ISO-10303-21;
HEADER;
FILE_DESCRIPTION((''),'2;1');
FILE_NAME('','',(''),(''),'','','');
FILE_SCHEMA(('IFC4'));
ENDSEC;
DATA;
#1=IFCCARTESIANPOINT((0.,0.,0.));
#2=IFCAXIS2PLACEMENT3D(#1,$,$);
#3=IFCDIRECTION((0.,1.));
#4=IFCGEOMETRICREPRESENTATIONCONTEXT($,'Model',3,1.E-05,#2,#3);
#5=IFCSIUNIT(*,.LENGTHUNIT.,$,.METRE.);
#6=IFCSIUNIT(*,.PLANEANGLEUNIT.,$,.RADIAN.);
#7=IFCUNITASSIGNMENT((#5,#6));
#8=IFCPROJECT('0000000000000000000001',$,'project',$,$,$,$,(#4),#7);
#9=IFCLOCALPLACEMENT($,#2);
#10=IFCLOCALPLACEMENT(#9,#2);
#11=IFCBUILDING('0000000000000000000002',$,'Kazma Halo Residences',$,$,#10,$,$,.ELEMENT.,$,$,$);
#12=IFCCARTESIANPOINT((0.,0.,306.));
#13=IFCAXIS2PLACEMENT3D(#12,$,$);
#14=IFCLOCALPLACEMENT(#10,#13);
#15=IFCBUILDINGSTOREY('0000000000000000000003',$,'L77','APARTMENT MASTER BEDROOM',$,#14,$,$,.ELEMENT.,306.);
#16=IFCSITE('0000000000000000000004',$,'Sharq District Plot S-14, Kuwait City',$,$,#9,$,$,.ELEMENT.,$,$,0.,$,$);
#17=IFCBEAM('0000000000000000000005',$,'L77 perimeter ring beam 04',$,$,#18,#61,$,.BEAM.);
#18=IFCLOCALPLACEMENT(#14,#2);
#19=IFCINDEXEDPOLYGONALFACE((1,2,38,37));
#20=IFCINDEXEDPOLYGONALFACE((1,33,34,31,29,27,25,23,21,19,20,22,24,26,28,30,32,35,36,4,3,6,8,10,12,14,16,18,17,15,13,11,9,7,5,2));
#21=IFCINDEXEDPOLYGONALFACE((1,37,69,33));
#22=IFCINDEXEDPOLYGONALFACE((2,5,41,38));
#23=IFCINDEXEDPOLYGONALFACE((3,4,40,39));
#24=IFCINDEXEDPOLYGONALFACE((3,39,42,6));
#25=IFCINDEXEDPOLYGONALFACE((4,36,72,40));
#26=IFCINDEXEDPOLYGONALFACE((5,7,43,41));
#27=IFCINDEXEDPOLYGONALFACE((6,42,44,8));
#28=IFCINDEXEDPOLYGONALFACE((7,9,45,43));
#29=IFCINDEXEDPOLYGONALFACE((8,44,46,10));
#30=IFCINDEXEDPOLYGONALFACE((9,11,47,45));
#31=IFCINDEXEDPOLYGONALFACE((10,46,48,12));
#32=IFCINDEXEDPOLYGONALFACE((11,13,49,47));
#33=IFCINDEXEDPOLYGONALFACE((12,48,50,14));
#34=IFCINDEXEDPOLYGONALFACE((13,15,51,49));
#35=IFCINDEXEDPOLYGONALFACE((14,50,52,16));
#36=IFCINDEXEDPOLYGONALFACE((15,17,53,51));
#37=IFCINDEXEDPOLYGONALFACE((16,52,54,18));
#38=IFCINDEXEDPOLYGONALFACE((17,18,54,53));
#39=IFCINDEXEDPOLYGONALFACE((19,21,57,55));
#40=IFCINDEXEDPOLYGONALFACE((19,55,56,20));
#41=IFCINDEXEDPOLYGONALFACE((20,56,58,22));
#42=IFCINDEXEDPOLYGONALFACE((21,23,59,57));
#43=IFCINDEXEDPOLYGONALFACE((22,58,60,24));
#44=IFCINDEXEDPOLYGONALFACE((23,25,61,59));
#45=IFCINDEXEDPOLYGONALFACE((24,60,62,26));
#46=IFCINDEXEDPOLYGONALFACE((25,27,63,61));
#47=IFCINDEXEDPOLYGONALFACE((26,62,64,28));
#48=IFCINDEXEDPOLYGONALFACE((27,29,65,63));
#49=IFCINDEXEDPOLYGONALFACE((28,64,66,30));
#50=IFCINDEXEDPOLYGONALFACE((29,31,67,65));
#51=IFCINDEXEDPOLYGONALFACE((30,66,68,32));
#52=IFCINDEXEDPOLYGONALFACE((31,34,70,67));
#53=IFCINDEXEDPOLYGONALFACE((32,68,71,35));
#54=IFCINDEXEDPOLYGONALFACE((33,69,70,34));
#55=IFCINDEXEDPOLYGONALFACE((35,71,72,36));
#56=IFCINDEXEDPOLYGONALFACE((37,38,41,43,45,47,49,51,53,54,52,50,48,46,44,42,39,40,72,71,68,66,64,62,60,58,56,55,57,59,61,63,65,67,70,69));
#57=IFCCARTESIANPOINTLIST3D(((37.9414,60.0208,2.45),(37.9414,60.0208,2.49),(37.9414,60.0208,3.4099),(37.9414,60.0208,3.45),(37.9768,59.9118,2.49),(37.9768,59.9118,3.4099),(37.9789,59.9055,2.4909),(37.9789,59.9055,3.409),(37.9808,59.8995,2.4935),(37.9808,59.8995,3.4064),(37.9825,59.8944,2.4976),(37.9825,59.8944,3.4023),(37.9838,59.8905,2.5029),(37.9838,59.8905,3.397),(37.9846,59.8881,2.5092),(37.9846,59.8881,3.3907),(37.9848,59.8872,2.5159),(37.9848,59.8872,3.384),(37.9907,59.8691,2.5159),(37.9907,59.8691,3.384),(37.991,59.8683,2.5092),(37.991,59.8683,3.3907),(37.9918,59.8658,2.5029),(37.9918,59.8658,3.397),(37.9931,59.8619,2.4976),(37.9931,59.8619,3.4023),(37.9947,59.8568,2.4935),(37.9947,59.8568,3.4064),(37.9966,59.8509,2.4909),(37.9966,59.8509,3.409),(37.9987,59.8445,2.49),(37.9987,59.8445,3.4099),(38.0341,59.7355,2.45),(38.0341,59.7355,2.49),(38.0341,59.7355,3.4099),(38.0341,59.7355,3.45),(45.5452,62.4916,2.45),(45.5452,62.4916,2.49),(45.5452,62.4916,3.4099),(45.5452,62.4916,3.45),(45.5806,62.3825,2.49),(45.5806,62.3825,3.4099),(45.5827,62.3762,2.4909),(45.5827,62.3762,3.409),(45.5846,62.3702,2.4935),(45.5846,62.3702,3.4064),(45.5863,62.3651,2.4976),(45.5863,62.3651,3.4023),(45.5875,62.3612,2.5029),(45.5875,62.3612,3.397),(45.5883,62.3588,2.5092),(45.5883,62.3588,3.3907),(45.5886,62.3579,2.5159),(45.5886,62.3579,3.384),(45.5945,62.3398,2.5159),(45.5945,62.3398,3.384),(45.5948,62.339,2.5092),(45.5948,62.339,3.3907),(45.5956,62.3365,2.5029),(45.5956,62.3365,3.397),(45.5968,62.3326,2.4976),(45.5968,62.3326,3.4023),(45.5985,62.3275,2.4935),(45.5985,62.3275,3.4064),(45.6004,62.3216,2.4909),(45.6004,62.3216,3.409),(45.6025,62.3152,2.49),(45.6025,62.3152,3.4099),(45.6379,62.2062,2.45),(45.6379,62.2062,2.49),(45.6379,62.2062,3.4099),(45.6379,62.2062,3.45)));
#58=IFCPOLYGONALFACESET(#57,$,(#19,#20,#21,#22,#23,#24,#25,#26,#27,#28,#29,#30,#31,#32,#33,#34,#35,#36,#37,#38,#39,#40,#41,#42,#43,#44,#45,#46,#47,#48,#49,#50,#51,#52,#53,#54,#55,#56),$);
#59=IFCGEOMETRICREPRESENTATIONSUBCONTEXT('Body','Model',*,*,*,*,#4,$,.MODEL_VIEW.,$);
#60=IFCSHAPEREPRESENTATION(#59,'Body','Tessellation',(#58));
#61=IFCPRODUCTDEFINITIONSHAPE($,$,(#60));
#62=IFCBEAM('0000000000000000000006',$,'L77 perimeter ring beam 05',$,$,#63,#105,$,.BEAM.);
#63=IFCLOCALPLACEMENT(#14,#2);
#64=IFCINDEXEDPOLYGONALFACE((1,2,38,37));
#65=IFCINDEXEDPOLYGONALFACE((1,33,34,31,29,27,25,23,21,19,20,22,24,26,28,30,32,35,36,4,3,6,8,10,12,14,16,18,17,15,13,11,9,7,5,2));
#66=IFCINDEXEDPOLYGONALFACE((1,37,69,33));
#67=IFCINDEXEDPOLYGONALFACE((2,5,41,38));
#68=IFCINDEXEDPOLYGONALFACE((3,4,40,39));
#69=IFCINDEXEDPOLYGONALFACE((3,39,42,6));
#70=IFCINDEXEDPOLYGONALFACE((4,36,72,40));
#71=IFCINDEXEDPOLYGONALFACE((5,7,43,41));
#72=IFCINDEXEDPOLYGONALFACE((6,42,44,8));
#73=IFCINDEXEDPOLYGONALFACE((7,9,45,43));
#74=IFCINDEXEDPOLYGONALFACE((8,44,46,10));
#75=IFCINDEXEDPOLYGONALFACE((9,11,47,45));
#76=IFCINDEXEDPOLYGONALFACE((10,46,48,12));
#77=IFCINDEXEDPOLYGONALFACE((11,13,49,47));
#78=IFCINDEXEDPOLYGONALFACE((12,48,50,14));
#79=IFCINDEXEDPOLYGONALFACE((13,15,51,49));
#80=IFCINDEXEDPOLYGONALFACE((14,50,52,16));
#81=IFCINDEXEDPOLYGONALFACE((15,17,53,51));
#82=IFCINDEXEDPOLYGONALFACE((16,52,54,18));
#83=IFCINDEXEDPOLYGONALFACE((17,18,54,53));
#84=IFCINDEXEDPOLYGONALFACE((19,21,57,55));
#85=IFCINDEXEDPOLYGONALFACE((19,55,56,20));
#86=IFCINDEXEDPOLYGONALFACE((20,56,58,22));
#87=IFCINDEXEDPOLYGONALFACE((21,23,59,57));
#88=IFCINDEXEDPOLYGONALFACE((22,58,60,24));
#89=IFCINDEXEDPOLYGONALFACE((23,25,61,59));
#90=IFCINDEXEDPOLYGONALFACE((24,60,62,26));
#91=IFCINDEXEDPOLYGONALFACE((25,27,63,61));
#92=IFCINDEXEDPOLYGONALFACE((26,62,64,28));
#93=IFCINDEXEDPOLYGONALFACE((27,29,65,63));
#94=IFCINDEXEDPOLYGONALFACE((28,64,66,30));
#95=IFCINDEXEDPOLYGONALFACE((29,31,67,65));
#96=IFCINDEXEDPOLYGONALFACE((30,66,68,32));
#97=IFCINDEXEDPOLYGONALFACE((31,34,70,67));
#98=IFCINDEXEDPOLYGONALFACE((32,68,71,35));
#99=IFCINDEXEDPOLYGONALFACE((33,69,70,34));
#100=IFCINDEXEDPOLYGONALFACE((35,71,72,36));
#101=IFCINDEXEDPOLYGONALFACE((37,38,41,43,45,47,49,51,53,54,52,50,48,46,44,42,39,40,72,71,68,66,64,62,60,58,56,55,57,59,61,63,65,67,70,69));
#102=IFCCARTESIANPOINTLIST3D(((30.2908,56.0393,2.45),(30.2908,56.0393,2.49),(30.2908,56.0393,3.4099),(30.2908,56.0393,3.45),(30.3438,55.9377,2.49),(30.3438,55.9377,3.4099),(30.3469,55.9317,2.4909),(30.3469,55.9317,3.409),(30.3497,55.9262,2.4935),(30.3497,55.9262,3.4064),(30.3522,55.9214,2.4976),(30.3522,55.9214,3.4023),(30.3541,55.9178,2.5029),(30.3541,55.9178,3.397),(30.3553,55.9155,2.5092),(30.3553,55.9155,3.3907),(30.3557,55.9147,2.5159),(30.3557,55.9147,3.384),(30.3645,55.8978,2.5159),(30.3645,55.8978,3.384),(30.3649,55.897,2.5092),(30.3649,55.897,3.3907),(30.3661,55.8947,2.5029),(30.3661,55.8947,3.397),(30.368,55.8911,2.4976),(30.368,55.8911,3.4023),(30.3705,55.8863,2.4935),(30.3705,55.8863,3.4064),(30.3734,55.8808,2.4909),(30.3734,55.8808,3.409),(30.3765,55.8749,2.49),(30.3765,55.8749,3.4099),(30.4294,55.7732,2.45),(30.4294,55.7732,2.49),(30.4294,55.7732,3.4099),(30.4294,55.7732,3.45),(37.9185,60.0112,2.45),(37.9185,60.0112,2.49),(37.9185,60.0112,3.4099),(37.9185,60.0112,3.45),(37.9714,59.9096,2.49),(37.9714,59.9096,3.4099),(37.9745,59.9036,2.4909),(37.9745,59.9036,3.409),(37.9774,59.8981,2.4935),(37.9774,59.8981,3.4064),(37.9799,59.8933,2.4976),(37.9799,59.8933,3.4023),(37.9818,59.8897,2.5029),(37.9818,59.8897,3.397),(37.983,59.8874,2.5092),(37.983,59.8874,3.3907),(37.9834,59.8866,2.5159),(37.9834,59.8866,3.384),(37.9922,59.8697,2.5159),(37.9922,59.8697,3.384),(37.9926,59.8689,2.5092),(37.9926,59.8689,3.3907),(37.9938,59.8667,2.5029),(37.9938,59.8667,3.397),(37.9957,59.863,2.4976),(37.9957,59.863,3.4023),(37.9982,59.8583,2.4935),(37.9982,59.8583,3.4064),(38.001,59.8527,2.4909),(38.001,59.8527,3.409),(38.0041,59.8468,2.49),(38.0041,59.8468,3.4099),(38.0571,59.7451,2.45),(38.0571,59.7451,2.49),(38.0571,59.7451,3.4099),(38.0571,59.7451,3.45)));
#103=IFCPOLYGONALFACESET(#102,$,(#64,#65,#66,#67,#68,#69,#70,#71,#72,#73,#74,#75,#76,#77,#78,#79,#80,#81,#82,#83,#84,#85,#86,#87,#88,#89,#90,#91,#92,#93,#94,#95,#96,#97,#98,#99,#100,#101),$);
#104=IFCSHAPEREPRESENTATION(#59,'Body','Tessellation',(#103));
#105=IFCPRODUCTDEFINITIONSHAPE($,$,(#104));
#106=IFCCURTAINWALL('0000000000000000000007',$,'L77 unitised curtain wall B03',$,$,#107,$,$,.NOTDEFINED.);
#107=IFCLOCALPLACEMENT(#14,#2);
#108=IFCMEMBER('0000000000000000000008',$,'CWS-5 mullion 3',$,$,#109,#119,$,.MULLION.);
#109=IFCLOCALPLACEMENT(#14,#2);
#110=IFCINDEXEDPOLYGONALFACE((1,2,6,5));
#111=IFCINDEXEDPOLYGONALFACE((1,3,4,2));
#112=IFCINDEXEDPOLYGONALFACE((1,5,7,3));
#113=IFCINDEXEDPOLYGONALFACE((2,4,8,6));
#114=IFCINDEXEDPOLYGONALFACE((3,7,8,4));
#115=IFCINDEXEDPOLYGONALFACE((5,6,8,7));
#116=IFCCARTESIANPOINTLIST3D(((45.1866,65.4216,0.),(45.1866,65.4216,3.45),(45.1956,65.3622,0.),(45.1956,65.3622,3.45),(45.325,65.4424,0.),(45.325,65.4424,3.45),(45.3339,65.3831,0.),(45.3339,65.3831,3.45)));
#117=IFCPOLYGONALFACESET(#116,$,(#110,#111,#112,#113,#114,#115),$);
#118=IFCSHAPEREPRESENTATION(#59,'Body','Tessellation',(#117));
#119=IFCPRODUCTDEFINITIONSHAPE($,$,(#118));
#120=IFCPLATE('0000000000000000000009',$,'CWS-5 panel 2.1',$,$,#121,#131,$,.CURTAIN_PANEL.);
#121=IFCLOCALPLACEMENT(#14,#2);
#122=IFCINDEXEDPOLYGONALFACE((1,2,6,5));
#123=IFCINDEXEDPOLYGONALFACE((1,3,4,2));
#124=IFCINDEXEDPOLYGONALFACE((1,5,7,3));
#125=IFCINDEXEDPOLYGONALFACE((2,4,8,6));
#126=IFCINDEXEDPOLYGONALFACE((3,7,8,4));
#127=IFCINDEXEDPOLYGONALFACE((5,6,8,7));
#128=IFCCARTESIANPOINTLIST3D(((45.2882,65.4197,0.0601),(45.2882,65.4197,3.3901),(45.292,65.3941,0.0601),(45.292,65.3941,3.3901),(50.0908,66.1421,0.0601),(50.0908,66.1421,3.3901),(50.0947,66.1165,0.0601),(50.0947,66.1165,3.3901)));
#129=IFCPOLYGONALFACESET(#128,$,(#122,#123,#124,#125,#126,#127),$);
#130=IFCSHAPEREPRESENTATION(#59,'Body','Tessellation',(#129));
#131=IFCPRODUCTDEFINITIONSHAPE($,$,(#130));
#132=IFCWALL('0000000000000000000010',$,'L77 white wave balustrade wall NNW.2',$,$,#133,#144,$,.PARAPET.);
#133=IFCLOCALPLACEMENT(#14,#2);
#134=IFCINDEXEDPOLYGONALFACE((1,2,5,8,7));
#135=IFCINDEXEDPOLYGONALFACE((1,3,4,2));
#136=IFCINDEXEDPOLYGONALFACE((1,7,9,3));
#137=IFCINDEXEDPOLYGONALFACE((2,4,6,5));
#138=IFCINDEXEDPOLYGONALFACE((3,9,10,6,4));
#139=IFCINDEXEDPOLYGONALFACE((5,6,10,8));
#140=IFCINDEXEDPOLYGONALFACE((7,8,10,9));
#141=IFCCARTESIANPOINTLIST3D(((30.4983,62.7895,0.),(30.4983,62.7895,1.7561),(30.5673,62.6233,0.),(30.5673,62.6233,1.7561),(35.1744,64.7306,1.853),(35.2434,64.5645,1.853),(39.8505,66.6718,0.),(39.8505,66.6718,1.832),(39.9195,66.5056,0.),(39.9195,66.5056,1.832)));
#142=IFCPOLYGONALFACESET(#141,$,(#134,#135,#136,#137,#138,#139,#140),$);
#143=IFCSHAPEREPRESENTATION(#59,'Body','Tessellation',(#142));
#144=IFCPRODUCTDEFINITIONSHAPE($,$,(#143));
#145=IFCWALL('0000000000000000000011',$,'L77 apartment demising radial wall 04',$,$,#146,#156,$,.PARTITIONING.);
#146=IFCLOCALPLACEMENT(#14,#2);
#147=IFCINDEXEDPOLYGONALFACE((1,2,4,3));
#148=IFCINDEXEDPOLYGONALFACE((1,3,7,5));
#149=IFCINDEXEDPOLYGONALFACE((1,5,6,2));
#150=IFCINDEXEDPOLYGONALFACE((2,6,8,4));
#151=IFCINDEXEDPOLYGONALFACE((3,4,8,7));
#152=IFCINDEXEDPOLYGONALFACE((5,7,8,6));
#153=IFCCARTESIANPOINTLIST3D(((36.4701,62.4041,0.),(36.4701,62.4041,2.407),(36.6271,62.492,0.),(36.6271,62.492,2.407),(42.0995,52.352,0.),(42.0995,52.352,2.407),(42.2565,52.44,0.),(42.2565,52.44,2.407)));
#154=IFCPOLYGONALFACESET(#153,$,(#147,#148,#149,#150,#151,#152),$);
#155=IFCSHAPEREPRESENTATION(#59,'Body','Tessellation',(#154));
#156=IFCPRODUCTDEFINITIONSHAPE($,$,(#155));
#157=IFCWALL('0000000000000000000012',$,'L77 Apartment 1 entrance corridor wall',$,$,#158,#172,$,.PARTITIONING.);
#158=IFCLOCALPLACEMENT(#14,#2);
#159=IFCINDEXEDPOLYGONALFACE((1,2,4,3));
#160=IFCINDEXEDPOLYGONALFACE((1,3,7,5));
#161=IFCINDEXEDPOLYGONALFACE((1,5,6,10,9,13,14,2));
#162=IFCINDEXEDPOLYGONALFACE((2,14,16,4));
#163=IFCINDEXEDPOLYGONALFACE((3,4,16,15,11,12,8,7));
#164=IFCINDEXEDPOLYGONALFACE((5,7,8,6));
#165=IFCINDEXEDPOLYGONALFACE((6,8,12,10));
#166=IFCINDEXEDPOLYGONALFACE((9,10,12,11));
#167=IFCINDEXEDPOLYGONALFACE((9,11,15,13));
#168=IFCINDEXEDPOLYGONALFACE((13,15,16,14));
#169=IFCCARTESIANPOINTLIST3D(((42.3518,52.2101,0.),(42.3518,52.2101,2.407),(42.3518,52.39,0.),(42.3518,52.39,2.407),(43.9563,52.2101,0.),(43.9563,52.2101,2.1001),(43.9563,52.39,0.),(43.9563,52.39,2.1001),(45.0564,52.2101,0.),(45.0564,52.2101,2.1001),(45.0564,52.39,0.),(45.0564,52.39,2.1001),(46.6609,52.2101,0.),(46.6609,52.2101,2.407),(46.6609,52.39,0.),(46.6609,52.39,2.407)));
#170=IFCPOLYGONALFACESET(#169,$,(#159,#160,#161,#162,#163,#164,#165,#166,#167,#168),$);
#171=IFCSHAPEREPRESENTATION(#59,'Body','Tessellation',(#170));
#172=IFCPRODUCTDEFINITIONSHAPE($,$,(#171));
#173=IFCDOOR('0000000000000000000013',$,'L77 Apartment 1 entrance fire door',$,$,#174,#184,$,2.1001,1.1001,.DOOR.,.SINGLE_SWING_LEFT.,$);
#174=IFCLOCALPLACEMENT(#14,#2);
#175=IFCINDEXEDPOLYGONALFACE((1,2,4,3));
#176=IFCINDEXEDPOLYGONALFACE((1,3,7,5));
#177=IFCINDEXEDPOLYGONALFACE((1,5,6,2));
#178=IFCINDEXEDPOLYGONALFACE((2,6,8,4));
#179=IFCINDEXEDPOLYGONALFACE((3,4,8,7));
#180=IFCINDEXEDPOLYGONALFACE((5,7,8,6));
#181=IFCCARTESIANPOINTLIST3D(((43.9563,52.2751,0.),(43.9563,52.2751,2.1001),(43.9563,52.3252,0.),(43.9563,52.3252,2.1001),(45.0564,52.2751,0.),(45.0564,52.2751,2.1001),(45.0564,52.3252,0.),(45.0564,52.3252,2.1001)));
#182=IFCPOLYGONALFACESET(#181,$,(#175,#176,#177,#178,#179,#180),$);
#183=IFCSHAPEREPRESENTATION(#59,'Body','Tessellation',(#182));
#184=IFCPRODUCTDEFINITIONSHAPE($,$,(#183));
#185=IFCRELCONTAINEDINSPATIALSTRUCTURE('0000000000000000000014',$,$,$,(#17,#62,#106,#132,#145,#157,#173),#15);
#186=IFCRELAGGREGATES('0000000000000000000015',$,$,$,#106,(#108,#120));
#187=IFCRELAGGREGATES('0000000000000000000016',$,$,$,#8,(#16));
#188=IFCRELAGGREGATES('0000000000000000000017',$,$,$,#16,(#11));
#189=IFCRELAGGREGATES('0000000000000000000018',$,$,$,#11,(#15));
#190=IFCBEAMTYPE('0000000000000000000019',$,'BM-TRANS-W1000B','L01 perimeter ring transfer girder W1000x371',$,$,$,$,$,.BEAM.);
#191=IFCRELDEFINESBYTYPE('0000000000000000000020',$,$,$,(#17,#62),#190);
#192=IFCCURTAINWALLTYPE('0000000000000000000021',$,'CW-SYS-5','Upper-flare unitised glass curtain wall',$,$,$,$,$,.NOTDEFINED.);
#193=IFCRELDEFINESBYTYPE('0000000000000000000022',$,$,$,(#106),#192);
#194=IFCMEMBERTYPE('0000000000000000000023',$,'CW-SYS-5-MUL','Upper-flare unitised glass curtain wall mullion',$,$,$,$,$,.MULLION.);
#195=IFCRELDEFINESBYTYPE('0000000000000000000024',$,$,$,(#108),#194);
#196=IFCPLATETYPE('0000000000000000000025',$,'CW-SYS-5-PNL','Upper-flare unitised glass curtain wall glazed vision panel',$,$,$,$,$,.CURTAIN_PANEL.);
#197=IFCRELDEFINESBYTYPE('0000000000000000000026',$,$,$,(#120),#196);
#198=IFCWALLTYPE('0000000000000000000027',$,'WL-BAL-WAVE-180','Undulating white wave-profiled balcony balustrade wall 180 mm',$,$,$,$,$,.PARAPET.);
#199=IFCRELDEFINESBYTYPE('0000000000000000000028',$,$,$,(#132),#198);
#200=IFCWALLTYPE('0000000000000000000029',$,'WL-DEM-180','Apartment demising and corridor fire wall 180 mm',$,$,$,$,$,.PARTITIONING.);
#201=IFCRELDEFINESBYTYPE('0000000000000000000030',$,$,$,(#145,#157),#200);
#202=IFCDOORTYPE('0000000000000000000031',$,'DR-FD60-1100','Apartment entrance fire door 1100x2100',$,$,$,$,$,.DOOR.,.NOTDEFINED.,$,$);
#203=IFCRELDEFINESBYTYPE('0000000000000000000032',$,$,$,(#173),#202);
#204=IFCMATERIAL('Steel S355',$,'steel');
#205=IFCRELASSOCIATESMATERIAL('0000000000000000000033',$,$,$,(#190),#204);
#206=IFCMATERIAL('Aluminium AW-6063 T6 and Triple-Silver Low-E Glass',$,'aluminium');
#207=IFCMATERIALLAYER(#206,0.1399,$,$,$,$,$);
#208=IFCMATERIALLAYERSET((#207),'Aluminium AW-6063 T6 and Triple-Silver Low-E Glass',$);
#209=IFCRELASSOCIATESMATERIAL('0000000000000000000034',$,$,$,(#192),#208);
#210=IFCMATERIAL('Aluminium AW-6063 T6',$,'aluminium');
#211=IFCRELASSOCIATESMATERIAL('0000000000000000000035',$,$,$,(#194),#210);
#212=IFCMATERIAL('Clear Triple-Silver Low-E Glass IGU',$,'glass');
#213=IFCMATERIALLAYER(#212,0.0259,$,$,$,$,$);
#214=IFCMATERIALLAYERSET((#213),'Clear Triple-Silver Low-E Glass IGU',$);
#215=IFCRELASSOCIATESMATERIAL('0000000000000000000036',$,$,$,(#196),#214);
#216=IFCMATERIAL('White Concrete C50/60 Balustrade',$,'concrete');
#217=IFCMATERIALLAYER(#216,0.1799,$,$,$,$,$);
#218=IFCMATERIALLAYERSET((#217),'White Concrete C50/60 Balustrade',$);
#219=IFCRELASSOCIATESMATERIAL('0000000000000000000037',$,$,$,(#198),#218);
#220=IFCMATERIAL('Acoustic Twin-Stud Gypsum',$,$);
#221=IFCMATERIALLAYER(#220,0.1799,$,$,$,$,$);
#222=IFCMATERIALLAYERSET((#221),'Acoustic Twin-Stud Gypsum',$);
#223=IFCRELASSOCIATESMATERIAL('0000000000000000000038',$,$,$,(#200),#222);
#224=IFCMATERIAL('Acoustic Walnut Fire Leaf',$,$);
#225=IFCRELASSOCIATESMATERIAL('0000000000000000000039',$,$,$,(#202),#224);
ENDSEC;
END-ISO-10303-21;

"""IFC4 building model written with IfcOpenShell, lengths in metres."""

from ifc_helpers import new_model, si_unit, direction, frame, frame_2d, origin, origin_2d, place, context, subcontext, project, spatial, polyline, rectangle, i_section, outline, extrude, material, layer, layer_set, material_profile, profile_set, type_object, element, fill, aggregate, save


model = new_model("IFC4")

# Units and contexts
model_context = context("Model", 3, precision=1e-05, world=origin(), true_north=direction((0.0, 1.0)))
body_context = subcontext(model_context, "Body", "Model", "MODEL_VIEW")
ifc_project = project(units=[si_unit("LENGTHUNIT", "METRE"), si_unit("PLANEANGLEUNIT", "RADIAN")], contexts=[model_context])

# Site, building, storey
site_placement = place(None, origin())
site = spatial("IfcSite", under=ifc_project, at=site_placement, Name="Sharq District Plot S-14, Kuwait City", CompositionType="ELEMENT", RefElevation=0.0)
building_placement = place(site_placement, origin())
building = spatial("IfcBuilding", under=site, at=building_placement, Name="Kazma Halo Residences", CompositionType="ELEMENT")
storey_placement = place(building_placement, frame((0.0, 0.0, 306.0)))
storey = spatial("IfcBuildingStorey", under=building, at=storey_placement, Name="L77", Description="APARTMENT MASTER BEDROOM", CompositionType="ELEMENT", Elevation=306.0)

# Beams
ifc_material_1 = material(Name="Steel S355", Category="steel")
ifc_material_profile_1 = material_profile(ifc_material_1, i_section(OverallWidth=0.3, OverallDepth=1.0, WebThickness=0.019, FlangeThickness=0.04, FilletRadius=0.0259, at=origin_2d()), Name="W1000x371")
ifc_profile_set_1 = profile_set([ifc_material_profile_1], Name="Steel S355")
beam_type_1 = type_object("IfcBeamType", Name="BM-TRANS-W1000B", Description="L01 perimeter ring transfer girder W1000x371", PredefinedType="BEAM", material=ifc_profile_set_1)
beam_1_placement = place(storey_placement, frame((45.5916, 62.3489, 2.95), z_axis=(-0.951053, -0.309027, 0.0), x_axis=(0.309027, -0.951053, 0.0)))
element("IfcBeam", 1, at=beam_1_placement, inside=storey, type_object=beam_type_1, Name="L77 perimeter ring beam 04", PredefinedType="BEAM", context=body_context, shape_type="SweptSolid", body=[
    extrude(i_section(OverallWidth=0.3, OverallDepth=1.0, WebThickness=0.019, FlangeThickness=0.04, FilletRadius=0.0259, at=origin_2d()), origin(), (0.0, 0.0, 1.0), 7.9951),
])
beam_2_placement = place(storey_placement, frame((37.9878, 59.8782, 2.95), z_axis=(-0.886954, -0.461859, 0.0), x_axis=(0.461859, -0.886954, 0.0)))
element("IfcBeam", 2, at=beam_2_placement, inside=storey, type_object=beam_type_1, Name="L77 perimeter ring beam 05", PredefinedType="BEAM", context=body_context, shape_type="SweptSolid", body=[
    extrude(i_section(OverallWidth=0.3, OverallDepth=1.0, WebThickness=0.019, FlangeThickness=0.04, FilletRadius=0.0259, at=origin_2d()), origin(), (0.0, 0.0, 1.0), 8.5999),
])

# Curtain wall, member, plate
ifc_material_2 = material(Name="Aluminium AW-6063 T6 and Triple-Silver Low-E Glass", Category="aluminium")
ifc_layer_1 = layer(ifc_material_2, 0.1399)
ifc_layer_set_1 = layer_set([ifc_layer_1], Name="Aluminium AW-6063 T6 and Triple-Silver Low-E Glass")
curtain_wall_type = type_object("IfcCurtainWallType", Name="CW-SYS-5", Description="Upper-flare unitised glass curtain wall", PredefinedType="NOTDEFINED", material=ifc_layer_set_1)
curtain_wall_placement = place(storey_placement, origin())
curtain_wall = element("IfcCurtainWall", 3, at=curtain_wall_placement, inside=storey, type_object=curtain_wall_type, Name="L77 unitised curtain wall B03", PredefinedType="NOTDEFINED")
ifc_material_3 = material(Name="Aluminium AW-6063 T6", Category="aluminium")
ifc_material_profile_2 = material_profile(ifc_material_3, rectangle(XDim=0.0601, YDim=0.1399, at=origin_2d()), Name="CWM-60x140")
ifc_profile_set_2 = profile_set([ifc_material_profile_2], Name="Aluminium AW-6063 T6")
member_type = type_object("IfcMemberType", Name="CW-SYS-5-MUL", Description="Upper-flare unitised glass curtain wall mullion", PredefinedType="MULLION", material=ifc_profile_set_2)
member_placement = place(storey_placement, frame((45.2603, 65.4023, 0.0), z_axis=(0.0, 0.0, 1.0), x_axis=(0.148748, -0.988875, 0.0)))
member = element("IfcMember", 4, at=member_placement, type_object=member_type, Name="CWS-5 mullion 3", PredefinedType="MULLION", context=body_context, shape_type="SweptSolid", body=[
    extrude(rectangle(XDim=0.0601, YDim=0.1399, at=origin_2d()), origin(), (0.0, 0.0, 1.0), 3.45),
])
ifc_material_4 = material(Name="Clear Triple-Silver Low-E Glass IGU", Category="glass")
ifc_layer_2 = layer(ifc_material_4, 0.0259)
ifc_layer_set_2 = layer_set([ifc_layer_2], Name="Clear Triple-Silver Low-E Glass IGU")
plate_type = type_object("IfcPlateType", Name="CW-SYS-5-PNL", Description="Upper-flare unitised glass curtain wall glazed vision panel", PredefinedType="CURTAIN_PANEL", material=ifc_layer_set_2)
plate_placement = place(storey_placement, frame((47.6914, 65.7681, 0.0601), z_axis=(0.0, 0.0, 1.0), x_axis=(-0.988875, -0.148748, 0.0)))
plate = element("IfcPlate", 5, at=plate_placement, type_object=plate_type, Name="CWS-5 panel 2.1", PredefinedType="CURTAIN_PANEL", context=body_context, shape_type="SweptSolid", body=[
    extrude(rectangle(XDim=4.8567, YDim=0.0259, at=origin_2d()), origin(), (0.0, 0.0, 1.0), 3.3301),
])
aggregate(curtain_wall, [member, plate])

# Walls
ifc_material_5 = material(Name="White Concrete C50/60 Balustrade", Category="concrete")
ifc_layer_3 = layer(ifc_material_5, 0.1799)
ifc_layer_set_3 = layer_set([ifc_layer_3], Name="White Concrete C50/60 Balustrade")
wall_type_1 = type_object("IfcWallType", Name="WL-BAL-WAVE-180", Description="Undulating white wave-profiled balcony balustrade wall 180 mm", PredefinedType="PARAPET", material=ifc_layer_set_3)
wall_1_placement = place(storey_placement, frame((39.885, 66.5886, 0.0), z_axis=(0.0, 0.0, 1.0), x_axis=(-0.92358, -0.383406, 0.0)))
element("IfcWall", 6, at=wall_1_placement, inside=storey, type_object=wall_type_1, Name="L77 white wave balustrade wall NNW.2", PredefinedType="PARAPET", context=body_context, shape_type="SweptSolid", body=[
    extrude(outline(polyline([(0.0, 0.0), (10.126, 0.0), (10.126, 1.7561), (5.063, 1.853), (0.0, 1.832), (0.0, 0.0)])), frame((0.0, 0.0898, 0.0), z_axis=(0.0, -1.0, 0.0), x_axis=(1.0, 0.0, 0.0)), (0.0, 0.0, 1.0), 0.1799),
])
ifc_material_6 = material(Name="Acoustic Twin-Stud Gypsum")
ifc_layer_4 = layer(ifc_material_6, 0.1799)
ifc_layer_set_4 = layer_set([ifc_layer_4], Name="Acoustic Twin-Stud Gypsum")
wall_type_2 = type_object("IfcWallType", Name="WL-DEM-180", Description="Apartment demising and corridor fire wall 180 mm", PredefinedType="PARTITIONING", material=ifc_layer_set_4)
wall_2_placement = place(storey_placement, frame((42.178, 52.396, 0.0), z_axis=(0.0, 0.0, 1.0), x_axis=(-0.488621, 0.872496, 0.0)))
element("IfcWall", 7, at=wall_2_placement, inside=storey, type_object=wall_type_2, Name="L77 apartment demising radial wall 04", PredefinedType="PARTITIONING", context=body_context, shape_type="SweptSolid", body=[
    extrude(rectangle(XDim=11.521, YDim=0.1799, at=frame_2d((5.7605, 0.0))), origin(), (0.0, 0.0, 1.0), 2.407),
])

# Wall, opening, door
wall_3_placement = place(storey_placement, frame((46.6609, 52.3, 0.0), z_axis=(0.0, 0.0, 1.0), x_axis=(-1.0, 0.0, 0.0)))
wall_3 = element("IfcWall", 8, at=wall_3_placement, inside=storey, type_object=wall_type_2, Name="L77 Apartment 1 entrance corridor wall", PredefinedType="PARTITIONING", context=body_context, shape_type="SweptSolid", body=[
    extrude(rectangle(XDim=4.3091, YDim=0.1799, at=frame_2d((2.1545, 0.0))), origin(), (0.0, 0.0, 1.0), 2.407),
])
opening_1_placement = place(wall_3_placement, frame((1.6045, 0.0, 0.0)))
opening_1 = element("IfcOpeningElement", 9, at=opening_1_placement, cuts=wall_3, PredefinedType="OPENING", context=body_context, shape_type="SweptSolid", body=[
    extrude(rectangle(XDim=1.1001, YDim=2.1001, at=frame_2d((0.55, 1.05))), frame((0.0, 0.0999, 0.0), z_axis=(0.0, -1.0, 0.0), x_axis=(1.0, 0.0, 0.0)), (0.0, 0.0, 1.0), 0.2),
])
ifc_material_7 = material(Name="Acoustic Walnut Fire Leaf")
door_type_1 = type_object("IfcDoorType", Name="DR-FD60-1100", Description="Apartment entrance fire door 1100x2100", OperationType="NOTDEFINED", PredefinedType="DOOR", material=ifc_material_7)
door_1_placement = place(opening_1_placement, origin())
door_1 = element("IfcDoor", 10, at=door_1_placement, inside=storey, type_object=door_type_1, Name="L77 Apartment 1 entrance fire door", OperationType="SINGLE_SWING_LEFT", OverallHeight=2.1001, OverallWidth=1.1001, PredefinedType="DOOR", context=body_context, shape_type="SweptSolid", body=[
    extrude(rectangle(XDim=1.1001, YDim=2.1001, at=frame_2d((0.55, 1.05))), frame((0.0, 0.0249, 0.0), z_axis=(0.0, -1.0, 0.0), x_axis=(1.0, 0.0, 0.0)), (0.0, 0.0, 1.0), 0.05),
])
fill(opening_1, door_1)

save(model, "model.ifc")
